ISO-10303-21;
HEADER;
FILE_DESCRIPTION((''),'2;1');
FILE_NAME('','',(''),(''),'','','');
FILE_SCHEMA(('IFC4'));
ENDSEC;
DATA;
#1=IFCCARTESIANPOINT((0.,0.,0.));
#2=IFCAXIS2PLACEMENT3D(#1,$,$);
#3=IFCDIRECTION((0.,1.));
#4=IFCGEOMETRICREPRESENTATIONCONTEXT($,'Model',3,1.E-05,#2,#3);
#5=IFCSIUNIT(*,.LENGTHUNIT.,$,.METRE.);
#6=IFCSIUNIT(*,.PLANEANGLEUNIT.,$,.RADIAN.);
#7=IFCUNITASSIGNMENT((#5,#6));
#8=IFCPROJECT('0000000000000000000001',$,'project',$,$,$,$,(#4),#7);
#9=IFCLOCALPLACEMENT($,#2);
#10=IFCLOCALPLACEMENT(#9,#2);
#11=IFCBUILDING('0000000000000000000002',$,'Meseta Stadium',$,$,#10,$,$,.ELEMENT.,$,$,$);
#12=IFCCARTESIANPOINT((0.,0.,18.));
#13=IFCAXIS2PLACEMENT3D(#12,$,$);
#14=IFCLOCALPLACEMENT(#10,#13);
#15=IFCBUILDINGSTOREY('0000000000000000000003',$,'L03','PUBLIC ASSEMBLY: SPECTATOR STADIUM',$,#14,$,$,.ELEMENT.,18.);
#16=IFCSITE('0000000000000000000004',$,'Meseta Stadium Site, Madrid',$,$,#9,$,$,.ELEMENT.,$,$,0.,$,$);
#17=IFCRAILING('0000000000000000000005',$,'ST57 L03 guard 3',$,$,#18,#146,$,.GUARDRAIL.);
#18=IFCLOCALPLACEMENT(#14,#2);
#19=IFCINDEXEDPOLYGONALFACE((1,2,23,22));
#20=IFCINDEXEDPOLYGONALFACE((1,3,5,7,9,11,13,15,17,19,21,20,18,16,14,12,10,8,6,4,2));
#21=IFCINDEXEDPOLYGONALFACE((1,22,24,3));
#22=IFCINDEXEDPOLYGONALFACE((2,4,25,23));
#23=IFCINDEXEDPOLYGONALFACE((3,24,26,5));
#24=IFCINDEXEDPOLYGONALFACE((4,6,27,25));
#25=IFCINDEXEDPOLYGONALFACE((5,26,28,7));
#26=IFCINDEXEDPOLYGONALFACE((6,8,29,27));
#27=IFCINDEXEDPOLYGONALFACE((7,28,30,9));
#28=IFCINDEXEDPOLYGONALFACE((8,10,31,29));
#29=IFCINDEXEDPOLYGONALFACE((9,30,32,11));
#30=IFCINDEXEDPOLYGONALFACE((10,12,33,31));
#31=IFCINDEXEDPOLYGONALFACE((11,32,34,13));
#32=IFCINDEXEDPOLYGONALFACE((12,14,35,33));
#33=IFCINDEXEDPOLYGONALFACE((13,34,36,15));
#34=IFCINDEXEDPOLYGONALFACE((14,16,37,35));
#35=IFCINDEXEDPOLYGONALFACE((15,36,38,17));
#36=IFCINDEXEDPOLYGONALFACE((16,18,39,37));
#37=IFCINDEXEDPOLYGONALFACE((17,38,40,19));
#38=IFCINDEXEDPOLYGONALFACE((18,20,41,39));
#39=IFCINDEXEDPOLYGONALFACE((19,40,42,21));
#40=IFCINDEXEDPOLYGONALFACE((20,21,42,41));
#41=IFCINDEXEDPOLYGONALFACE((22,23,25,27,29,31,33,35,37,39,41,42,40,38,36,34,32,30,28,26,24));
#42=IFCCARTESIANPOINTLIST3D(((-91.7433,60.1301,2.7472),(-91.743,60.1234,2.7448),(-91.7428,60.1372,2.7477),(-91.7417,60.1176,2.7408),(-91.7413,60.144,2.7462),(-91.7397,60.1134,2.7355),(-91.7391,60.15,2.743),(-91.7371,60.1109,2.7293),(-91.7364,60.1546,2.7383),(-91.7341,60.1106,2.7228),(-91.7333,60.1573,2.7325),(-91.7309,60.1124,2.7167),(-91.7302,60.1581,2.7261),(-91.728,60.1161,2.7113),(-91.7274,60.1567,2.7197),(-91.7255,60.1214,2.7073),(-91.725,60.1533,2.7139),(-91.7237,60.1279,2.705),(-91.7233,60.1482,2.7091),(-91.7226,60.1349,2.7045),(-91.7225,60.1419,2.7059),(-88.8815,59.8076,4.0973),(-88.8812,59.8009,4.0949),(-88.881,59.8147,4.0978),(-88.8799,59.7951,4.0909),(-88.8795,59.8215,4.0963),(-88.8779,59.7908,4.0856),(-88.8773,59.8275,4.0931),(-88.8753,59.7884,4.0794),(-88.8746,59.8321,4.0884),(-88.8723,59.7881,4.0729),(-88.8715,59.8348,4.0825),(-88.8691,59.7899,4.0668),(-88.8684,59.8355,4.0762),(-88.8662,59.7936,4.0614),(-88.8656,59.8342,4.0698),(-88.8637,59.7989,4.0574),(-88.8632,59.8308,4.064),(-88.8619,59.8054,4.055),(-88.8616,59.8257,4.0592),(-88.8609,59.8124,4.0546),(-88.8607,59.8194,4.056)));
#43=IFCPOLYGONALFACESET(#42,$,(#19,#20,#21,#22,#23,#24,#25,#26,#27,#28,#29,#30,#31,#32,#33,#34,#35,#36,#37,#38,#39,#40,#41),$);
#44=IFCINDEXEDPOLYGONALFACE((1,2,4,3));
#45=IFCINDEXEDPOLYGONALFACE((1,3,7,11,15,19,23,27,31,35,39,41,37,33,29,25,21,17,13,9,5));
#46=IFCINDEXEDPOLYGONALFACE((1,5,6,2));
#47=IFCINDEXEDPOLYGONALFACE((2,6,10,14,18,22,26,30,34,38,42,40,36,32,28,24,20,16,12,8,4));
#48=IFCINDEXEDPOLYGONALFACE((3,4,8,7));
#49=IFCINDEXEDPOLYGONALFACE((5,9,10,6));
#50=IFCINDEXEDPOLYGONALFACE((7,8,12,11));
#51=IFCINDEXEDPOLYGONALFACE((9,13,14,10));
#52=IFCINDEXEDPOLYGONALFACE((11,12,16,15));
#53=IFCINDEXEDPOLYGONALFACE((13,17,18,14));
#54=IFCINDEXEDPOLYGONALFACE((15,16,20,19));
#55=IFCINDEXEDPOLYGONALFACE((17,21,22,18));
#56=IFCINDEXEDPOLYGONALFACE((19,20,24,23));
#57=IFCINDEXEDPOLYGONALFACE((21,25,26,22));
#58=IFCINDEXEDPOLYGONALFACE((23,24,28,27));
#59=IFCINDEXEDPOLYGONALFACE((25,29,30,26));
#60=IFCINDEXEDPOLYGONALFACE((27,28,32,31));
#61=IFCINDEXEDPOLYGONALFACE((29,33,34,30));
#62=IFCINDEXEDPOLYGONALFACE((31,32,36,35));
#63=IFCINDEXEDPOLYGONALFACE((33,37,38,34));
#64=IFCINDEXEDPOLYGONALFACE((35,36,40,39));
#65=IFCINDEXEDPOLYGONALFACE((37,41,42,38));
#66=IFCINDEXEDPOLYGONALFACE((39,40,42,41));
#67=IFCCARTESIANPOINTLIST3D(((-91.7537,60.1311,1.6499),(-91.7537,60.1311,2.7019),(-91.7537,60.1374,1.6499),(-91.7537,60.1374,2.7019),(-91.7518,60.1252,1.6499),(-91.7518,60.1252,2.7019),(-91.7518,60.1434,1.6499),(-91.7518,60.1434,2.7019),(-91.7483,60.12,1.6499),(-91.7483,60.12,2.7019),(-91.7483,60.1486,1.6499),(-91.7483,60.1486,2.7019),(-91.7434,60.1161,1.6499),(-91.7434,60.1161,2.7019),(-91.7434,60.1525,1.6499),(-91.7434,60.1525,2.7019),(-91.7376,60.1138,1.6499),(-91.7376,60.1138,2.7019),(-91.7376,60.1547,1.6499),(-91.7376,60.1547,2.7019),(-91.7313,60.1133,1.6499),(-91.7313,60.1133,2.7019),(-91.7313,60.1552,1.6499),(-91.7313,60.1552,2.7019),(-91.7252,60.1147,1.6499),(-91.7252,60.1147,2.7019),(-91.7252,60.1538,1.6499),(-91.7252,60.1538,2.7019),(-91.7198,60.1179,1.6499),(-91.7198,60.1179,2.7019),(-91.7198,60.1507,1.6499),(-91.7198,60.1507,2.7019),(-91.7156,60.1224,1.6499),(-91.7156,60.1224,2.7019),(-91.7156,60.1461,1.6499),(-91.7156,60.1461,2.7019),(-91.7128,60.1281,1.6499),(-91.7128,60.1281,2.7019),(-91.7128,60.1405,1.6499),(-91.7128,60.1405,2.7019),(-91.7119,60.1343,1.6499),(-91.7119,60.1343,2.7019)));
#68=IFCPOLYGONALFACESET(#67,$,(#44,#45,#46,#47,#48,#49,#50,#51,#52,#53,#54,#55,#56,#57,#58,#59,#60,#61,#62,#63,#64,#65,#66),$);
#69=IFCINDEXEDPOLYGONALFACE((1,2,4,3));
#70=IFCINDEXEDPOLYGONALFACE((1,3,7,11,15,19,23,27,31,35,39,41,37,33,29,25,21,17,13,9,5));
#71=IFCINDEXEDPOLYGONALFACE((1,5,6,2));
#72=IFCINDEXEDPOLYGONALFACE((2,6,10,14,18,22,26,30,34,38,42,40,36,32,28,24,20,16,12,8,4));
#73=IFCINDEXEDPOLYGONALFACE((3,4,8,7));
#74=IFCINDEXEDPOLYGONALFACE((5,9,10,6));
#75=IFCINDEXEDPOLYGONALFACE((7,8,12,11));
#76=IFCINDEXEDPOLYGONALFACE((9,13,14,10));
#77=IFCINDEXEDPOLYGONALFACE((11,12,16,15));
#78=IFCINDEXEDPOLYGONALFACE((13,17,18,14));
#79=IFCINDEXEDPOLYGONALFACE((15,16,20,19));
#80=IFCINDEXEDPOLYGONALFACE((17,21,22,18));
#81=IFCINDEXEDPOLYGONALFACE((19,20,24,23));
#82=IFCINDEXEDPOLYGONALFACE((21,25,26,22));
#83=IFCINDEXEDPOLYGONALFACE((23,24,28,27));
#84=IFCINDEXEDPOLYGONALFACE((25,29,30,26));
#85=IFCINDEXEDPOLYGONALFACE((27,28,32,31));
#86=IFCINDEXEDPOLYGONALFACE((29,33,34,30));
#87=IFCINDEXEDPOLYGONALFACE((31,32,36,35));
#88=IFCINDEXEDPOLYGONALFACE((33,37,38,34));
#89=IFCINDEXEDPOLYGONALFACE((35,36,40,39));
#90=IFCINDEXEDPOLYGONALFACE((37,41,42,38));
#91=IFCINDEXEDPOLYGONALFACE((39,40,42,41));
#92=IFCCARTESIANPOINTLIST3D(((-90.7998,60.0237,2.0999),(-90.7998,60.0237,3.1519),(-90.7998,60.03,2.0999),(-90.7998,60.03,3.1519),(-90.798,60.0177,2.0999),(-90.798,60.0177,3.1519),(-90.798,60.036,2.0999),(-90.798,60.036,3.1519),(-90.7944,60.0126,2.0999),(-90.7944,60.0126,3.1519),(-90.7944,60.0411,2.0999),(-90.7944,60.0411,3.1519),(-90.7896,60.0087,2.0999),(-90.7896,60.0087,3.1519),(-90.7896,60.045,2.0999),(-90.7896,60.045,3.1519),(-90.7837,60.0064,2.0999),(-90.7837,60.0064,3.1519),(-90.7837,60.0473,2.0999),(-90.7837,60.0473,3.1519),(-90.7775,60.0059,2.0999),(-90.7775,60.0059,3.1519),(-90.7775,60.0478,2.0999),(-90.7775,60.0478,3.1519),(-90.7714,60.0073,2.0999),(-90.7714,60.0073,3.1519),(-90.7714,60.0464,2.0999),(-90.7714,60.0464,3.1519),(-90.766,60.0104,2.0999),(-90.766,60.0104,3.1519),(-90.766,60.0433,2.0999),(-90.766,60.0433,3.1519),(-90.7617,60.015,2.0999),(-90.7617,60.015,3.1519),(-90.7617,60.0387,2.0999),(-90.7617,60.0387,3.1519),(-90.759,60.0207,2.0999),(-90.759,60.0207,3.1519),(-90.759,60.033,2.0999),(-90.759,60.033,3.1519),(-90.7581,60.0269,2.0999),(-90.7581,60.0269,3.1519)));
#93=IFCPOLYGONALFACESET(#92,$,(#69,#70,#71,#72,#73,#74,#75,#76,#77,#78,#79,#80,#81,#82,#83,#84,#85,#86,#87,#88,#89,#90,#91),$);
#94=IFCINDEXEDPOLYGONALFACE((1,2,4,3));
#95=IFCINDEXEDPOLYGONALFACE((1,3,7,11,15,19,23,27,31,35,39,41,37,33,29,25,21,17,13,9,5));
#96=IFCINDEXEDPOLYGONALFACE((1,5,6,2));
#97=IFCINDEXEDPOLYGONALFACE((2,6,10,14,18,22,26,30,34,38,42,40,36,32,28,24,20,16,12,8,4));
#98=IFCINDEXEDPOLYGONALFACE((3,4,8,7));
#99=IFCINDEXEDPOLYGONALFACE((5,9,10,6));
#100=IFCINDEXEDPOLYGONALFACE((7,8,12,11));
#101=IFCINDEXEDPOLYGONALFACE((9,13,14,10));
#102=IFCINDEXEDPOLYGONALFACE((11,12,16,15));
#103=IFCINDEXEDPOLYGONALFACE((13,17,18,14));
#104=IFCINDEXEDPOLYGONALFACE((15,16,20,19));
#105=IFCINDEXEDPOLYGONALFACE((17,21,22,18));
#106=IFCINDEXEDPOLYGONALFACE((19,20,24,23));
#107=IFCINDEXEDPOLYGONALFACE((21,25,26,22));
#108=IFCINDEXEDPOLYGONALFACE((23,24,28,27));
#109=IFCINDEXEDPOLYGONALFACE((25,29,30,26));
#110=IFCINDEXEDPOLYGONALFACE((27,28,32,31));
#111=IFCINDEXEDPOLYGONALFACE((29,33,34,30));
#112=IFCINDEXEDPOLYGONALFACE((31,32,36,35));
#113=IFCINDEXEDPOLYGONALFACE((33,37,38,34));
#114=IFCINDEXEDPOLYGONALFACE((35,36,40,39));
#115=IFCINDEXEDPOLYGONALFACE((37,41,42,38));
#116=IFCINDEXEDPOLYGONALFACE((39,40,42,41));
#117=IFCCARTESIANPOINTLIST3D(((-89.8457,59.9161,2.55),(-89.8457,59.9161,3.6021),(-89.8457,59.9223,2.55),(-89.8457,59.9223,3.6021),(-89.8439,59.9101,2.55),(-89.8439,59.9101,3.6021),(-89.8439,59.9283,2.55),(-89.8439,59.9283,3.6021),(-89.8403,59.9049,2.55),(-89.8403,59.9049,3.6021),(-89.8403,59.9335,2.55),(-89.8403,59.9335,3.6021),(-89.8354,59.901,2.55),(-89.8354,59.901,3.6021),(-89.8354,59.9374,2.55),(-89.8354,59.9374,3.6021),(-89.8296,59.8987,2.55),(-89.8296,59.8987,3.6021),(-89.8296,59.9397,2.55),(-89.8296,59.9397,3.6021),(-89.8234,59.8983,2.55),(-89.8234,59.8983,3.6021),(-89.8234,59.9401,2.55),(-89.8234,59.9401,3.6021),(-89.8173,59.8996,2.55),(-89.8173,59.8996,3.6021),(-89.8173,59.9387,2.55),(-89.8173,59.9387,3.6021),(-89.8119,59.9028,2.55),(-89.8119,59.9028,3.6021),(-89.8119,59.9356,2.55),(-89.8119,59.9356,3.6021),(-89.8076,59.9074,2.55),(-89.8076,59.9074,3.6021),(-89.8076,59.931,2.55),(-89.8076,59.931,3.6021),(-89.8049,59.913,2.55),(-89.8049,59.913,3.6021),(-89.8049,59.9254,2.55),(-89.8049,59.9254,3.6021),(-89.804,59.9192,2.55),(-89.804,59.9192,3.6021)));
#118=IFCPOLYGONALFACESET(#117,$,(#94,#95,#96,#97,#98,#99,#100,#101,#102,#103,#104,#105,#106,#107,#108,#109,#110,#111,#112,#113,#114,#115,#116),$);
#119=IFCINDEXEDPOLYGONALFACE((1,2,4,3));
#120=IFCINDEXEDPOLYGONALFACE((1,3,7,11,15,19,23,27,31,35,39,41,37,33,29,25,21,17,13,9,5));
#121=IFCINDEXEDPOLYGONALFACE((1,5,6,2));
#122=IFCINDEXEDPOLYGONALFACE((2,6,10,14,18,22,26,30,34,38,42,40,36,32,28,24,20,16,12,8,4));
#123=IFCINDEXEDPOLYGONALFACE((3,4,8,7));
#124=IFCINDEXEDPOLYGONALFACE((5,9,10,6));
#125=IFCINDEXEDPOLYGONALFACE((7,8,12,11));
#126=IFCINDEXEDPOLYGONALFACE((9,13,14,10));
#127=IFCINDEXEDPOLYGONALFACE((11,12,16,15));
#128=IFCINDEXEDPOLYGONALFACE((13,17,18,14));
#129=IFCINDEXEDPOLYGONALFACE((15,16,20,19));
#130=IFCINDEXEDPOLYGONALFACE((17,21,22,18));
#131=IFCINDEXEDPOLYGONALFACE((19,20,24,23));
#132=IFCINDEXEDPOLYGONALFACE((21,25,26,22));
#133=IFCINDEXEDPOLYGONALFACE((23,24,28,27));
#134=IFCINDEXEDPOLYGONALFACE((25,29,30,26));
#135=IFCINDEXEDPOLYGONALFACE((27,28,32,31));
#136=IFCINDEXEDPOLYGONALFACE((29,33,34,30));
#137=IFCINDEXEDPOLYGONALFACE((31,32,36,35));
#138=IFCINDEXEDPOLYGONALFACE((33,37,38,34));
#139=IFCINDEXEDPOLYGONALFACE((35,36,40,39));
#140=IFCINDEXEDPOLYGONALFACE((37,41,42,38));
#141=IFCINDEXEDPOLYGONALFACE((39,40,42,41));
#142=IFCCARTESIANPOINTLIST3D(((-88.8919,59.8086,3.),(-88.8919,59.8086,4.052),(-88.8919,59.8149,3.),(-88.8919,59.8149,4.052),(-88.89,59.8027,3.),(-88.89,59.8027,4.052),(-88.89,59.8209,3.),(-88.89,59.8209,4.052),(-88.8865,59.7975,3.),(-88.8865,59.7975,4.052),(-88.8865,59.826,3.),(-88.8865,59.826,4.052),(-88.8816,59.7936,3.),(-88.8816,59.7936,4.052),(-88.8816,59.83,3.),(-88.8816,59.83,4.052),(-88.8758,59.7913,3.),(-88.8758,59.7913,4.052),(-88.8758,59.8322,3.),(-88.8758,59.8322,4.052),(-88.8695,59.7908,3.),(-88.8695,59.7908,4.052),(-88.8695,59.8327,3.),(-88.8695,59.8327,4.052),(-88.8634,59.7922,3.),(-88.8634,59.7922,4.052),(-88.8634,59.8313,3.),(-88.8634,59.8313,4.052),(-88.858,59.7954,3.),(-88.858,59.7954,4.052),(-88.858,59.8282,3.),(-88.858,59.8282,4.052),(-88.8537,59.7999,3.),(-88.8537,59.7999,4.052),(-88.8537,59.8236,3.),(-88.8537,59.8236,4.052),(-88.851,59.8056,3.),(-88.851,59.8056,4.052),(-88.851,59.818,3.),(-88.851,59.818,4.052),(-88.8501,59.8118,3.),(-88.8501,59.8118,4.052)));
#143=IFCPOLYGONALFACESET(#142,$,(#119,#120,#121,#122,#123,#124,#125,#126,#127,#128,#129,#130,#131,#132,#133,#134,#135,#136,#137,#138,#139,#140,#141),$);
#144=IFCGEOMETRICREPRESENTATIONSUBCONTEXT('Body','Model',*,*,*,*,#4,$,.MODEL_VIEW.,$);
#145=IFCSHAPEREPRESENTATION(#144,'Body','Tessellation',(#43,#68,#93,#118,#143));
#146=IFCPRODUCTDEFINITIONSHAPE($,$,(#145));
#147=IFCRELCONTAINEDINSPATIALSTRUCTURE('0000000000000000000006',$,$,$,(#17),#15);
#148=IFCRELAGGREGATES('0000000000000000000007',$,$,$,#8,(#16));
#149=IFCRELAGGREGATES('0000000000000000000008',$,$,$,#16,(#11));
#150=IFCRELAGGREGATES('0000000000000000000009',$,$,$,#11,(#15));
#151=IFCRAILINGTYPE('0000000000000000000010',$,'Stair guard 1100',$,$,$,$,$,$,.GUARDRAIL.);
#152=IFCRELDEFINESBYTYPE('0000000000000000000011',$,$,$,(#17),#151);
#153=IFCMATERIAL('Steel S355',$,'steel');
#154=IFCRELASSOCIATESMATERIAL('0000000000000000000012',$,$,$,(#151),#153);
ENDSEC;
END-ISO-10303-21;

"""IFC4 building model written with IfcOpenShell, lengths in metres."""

from ifc_helpers import new_model, si_unit, direction, frame, origin, origin_2d, place, context, subcontext, project, spatial, circle, extrude, material, type_object, element, save


model = new_model("IFC4")

# Units and contexts
model_context = context("Model", 3, precision=1e-05, world=origin(), true_north=direction((0.0, 1.0)))
body_context = subcontext(model_context, "Body", "Model", "MODEL_VIEW")
ifc_project = project(units=[si_unit("LENGTHUNIT", "METRE"), si_unit("PLANEANGLEUNIT", "RADIAN")], contexts=[model_context])

# Site, building, storey
site_placement = place(None, origin())
site = spatial("IfcSite", under=ifc_project, at=site_placement, Name="Meseta Stadium Site, Madrid", CompositionType="ELEMENT", RefElevation=0.0)
building_placement = place(site_placement, origin())
building = spatial("IfcBuilding", under=site, at=building_placement, Name="Meseta Stadium", CompositionType="ELEMENT")
storey_placement = place(building_placement, frame((0.0, 0.0, 18.0)))
storey = spatial("IfcBuildingStorey", under=building, at=storey_placement, Name="L03", Description="PUBLIC ASSEMBLY: SPECTATOR STADIUM", CompositionType="ELEMENT", Elevation=18.0)

# Railing
ifc_material_1 = material(Name="Steel S355", Category="steel")
railing_type_1 = type_object("IfcRailingType", Name="Stair guard 1100", PredefinedType="GUARDRAIL", material=ifc_material_1)
railing_1_placement = place(storey_placement, frame((-91.7329, 60.1343, 1.6499)))
element("IfcRailing", 1, at=railing_1_placement, inside=storey, type_object=railing_type_1, Name="ST57 L03 guard 3", PredefinedType="GUARDRAIL", context=body_context, shape_type="SweptSolid", body=[
    extrude(circle(Radius=0.0239, at=origin_2d()), frame((0.0, 0.0, 1.0762), z_axis=(0.899748, -0.101396, 0.424467), x_axis=(0.111985, 0.99371, 0.0)), (0.0, 0.0, 1.0), 3.1807),
    extrude(circle(Radius=0.021, at=origin_2d()), origin(), (0.0, 0.0, 1.0), 1.052),
    extrude(circle(Radius=0.021, at=origin_2d()), frame((0.9539, -0.1074, 0.45)), (0.0, 0.0, 1.0), 1.052),
    extrude(circle(Radius=0.021, at=origin_2d()), frame((1.908, -0.2151, 0.9001)), (0.0, 0.0, 1.0), 1.052),
    extrude(circle(Radius=0.021, at=origin_2d()), frame((2.8618, -0.3225, 1.3501)), (0.0, 0.0, 1.0), 1.052),
])

save(model, "model.ifc")
